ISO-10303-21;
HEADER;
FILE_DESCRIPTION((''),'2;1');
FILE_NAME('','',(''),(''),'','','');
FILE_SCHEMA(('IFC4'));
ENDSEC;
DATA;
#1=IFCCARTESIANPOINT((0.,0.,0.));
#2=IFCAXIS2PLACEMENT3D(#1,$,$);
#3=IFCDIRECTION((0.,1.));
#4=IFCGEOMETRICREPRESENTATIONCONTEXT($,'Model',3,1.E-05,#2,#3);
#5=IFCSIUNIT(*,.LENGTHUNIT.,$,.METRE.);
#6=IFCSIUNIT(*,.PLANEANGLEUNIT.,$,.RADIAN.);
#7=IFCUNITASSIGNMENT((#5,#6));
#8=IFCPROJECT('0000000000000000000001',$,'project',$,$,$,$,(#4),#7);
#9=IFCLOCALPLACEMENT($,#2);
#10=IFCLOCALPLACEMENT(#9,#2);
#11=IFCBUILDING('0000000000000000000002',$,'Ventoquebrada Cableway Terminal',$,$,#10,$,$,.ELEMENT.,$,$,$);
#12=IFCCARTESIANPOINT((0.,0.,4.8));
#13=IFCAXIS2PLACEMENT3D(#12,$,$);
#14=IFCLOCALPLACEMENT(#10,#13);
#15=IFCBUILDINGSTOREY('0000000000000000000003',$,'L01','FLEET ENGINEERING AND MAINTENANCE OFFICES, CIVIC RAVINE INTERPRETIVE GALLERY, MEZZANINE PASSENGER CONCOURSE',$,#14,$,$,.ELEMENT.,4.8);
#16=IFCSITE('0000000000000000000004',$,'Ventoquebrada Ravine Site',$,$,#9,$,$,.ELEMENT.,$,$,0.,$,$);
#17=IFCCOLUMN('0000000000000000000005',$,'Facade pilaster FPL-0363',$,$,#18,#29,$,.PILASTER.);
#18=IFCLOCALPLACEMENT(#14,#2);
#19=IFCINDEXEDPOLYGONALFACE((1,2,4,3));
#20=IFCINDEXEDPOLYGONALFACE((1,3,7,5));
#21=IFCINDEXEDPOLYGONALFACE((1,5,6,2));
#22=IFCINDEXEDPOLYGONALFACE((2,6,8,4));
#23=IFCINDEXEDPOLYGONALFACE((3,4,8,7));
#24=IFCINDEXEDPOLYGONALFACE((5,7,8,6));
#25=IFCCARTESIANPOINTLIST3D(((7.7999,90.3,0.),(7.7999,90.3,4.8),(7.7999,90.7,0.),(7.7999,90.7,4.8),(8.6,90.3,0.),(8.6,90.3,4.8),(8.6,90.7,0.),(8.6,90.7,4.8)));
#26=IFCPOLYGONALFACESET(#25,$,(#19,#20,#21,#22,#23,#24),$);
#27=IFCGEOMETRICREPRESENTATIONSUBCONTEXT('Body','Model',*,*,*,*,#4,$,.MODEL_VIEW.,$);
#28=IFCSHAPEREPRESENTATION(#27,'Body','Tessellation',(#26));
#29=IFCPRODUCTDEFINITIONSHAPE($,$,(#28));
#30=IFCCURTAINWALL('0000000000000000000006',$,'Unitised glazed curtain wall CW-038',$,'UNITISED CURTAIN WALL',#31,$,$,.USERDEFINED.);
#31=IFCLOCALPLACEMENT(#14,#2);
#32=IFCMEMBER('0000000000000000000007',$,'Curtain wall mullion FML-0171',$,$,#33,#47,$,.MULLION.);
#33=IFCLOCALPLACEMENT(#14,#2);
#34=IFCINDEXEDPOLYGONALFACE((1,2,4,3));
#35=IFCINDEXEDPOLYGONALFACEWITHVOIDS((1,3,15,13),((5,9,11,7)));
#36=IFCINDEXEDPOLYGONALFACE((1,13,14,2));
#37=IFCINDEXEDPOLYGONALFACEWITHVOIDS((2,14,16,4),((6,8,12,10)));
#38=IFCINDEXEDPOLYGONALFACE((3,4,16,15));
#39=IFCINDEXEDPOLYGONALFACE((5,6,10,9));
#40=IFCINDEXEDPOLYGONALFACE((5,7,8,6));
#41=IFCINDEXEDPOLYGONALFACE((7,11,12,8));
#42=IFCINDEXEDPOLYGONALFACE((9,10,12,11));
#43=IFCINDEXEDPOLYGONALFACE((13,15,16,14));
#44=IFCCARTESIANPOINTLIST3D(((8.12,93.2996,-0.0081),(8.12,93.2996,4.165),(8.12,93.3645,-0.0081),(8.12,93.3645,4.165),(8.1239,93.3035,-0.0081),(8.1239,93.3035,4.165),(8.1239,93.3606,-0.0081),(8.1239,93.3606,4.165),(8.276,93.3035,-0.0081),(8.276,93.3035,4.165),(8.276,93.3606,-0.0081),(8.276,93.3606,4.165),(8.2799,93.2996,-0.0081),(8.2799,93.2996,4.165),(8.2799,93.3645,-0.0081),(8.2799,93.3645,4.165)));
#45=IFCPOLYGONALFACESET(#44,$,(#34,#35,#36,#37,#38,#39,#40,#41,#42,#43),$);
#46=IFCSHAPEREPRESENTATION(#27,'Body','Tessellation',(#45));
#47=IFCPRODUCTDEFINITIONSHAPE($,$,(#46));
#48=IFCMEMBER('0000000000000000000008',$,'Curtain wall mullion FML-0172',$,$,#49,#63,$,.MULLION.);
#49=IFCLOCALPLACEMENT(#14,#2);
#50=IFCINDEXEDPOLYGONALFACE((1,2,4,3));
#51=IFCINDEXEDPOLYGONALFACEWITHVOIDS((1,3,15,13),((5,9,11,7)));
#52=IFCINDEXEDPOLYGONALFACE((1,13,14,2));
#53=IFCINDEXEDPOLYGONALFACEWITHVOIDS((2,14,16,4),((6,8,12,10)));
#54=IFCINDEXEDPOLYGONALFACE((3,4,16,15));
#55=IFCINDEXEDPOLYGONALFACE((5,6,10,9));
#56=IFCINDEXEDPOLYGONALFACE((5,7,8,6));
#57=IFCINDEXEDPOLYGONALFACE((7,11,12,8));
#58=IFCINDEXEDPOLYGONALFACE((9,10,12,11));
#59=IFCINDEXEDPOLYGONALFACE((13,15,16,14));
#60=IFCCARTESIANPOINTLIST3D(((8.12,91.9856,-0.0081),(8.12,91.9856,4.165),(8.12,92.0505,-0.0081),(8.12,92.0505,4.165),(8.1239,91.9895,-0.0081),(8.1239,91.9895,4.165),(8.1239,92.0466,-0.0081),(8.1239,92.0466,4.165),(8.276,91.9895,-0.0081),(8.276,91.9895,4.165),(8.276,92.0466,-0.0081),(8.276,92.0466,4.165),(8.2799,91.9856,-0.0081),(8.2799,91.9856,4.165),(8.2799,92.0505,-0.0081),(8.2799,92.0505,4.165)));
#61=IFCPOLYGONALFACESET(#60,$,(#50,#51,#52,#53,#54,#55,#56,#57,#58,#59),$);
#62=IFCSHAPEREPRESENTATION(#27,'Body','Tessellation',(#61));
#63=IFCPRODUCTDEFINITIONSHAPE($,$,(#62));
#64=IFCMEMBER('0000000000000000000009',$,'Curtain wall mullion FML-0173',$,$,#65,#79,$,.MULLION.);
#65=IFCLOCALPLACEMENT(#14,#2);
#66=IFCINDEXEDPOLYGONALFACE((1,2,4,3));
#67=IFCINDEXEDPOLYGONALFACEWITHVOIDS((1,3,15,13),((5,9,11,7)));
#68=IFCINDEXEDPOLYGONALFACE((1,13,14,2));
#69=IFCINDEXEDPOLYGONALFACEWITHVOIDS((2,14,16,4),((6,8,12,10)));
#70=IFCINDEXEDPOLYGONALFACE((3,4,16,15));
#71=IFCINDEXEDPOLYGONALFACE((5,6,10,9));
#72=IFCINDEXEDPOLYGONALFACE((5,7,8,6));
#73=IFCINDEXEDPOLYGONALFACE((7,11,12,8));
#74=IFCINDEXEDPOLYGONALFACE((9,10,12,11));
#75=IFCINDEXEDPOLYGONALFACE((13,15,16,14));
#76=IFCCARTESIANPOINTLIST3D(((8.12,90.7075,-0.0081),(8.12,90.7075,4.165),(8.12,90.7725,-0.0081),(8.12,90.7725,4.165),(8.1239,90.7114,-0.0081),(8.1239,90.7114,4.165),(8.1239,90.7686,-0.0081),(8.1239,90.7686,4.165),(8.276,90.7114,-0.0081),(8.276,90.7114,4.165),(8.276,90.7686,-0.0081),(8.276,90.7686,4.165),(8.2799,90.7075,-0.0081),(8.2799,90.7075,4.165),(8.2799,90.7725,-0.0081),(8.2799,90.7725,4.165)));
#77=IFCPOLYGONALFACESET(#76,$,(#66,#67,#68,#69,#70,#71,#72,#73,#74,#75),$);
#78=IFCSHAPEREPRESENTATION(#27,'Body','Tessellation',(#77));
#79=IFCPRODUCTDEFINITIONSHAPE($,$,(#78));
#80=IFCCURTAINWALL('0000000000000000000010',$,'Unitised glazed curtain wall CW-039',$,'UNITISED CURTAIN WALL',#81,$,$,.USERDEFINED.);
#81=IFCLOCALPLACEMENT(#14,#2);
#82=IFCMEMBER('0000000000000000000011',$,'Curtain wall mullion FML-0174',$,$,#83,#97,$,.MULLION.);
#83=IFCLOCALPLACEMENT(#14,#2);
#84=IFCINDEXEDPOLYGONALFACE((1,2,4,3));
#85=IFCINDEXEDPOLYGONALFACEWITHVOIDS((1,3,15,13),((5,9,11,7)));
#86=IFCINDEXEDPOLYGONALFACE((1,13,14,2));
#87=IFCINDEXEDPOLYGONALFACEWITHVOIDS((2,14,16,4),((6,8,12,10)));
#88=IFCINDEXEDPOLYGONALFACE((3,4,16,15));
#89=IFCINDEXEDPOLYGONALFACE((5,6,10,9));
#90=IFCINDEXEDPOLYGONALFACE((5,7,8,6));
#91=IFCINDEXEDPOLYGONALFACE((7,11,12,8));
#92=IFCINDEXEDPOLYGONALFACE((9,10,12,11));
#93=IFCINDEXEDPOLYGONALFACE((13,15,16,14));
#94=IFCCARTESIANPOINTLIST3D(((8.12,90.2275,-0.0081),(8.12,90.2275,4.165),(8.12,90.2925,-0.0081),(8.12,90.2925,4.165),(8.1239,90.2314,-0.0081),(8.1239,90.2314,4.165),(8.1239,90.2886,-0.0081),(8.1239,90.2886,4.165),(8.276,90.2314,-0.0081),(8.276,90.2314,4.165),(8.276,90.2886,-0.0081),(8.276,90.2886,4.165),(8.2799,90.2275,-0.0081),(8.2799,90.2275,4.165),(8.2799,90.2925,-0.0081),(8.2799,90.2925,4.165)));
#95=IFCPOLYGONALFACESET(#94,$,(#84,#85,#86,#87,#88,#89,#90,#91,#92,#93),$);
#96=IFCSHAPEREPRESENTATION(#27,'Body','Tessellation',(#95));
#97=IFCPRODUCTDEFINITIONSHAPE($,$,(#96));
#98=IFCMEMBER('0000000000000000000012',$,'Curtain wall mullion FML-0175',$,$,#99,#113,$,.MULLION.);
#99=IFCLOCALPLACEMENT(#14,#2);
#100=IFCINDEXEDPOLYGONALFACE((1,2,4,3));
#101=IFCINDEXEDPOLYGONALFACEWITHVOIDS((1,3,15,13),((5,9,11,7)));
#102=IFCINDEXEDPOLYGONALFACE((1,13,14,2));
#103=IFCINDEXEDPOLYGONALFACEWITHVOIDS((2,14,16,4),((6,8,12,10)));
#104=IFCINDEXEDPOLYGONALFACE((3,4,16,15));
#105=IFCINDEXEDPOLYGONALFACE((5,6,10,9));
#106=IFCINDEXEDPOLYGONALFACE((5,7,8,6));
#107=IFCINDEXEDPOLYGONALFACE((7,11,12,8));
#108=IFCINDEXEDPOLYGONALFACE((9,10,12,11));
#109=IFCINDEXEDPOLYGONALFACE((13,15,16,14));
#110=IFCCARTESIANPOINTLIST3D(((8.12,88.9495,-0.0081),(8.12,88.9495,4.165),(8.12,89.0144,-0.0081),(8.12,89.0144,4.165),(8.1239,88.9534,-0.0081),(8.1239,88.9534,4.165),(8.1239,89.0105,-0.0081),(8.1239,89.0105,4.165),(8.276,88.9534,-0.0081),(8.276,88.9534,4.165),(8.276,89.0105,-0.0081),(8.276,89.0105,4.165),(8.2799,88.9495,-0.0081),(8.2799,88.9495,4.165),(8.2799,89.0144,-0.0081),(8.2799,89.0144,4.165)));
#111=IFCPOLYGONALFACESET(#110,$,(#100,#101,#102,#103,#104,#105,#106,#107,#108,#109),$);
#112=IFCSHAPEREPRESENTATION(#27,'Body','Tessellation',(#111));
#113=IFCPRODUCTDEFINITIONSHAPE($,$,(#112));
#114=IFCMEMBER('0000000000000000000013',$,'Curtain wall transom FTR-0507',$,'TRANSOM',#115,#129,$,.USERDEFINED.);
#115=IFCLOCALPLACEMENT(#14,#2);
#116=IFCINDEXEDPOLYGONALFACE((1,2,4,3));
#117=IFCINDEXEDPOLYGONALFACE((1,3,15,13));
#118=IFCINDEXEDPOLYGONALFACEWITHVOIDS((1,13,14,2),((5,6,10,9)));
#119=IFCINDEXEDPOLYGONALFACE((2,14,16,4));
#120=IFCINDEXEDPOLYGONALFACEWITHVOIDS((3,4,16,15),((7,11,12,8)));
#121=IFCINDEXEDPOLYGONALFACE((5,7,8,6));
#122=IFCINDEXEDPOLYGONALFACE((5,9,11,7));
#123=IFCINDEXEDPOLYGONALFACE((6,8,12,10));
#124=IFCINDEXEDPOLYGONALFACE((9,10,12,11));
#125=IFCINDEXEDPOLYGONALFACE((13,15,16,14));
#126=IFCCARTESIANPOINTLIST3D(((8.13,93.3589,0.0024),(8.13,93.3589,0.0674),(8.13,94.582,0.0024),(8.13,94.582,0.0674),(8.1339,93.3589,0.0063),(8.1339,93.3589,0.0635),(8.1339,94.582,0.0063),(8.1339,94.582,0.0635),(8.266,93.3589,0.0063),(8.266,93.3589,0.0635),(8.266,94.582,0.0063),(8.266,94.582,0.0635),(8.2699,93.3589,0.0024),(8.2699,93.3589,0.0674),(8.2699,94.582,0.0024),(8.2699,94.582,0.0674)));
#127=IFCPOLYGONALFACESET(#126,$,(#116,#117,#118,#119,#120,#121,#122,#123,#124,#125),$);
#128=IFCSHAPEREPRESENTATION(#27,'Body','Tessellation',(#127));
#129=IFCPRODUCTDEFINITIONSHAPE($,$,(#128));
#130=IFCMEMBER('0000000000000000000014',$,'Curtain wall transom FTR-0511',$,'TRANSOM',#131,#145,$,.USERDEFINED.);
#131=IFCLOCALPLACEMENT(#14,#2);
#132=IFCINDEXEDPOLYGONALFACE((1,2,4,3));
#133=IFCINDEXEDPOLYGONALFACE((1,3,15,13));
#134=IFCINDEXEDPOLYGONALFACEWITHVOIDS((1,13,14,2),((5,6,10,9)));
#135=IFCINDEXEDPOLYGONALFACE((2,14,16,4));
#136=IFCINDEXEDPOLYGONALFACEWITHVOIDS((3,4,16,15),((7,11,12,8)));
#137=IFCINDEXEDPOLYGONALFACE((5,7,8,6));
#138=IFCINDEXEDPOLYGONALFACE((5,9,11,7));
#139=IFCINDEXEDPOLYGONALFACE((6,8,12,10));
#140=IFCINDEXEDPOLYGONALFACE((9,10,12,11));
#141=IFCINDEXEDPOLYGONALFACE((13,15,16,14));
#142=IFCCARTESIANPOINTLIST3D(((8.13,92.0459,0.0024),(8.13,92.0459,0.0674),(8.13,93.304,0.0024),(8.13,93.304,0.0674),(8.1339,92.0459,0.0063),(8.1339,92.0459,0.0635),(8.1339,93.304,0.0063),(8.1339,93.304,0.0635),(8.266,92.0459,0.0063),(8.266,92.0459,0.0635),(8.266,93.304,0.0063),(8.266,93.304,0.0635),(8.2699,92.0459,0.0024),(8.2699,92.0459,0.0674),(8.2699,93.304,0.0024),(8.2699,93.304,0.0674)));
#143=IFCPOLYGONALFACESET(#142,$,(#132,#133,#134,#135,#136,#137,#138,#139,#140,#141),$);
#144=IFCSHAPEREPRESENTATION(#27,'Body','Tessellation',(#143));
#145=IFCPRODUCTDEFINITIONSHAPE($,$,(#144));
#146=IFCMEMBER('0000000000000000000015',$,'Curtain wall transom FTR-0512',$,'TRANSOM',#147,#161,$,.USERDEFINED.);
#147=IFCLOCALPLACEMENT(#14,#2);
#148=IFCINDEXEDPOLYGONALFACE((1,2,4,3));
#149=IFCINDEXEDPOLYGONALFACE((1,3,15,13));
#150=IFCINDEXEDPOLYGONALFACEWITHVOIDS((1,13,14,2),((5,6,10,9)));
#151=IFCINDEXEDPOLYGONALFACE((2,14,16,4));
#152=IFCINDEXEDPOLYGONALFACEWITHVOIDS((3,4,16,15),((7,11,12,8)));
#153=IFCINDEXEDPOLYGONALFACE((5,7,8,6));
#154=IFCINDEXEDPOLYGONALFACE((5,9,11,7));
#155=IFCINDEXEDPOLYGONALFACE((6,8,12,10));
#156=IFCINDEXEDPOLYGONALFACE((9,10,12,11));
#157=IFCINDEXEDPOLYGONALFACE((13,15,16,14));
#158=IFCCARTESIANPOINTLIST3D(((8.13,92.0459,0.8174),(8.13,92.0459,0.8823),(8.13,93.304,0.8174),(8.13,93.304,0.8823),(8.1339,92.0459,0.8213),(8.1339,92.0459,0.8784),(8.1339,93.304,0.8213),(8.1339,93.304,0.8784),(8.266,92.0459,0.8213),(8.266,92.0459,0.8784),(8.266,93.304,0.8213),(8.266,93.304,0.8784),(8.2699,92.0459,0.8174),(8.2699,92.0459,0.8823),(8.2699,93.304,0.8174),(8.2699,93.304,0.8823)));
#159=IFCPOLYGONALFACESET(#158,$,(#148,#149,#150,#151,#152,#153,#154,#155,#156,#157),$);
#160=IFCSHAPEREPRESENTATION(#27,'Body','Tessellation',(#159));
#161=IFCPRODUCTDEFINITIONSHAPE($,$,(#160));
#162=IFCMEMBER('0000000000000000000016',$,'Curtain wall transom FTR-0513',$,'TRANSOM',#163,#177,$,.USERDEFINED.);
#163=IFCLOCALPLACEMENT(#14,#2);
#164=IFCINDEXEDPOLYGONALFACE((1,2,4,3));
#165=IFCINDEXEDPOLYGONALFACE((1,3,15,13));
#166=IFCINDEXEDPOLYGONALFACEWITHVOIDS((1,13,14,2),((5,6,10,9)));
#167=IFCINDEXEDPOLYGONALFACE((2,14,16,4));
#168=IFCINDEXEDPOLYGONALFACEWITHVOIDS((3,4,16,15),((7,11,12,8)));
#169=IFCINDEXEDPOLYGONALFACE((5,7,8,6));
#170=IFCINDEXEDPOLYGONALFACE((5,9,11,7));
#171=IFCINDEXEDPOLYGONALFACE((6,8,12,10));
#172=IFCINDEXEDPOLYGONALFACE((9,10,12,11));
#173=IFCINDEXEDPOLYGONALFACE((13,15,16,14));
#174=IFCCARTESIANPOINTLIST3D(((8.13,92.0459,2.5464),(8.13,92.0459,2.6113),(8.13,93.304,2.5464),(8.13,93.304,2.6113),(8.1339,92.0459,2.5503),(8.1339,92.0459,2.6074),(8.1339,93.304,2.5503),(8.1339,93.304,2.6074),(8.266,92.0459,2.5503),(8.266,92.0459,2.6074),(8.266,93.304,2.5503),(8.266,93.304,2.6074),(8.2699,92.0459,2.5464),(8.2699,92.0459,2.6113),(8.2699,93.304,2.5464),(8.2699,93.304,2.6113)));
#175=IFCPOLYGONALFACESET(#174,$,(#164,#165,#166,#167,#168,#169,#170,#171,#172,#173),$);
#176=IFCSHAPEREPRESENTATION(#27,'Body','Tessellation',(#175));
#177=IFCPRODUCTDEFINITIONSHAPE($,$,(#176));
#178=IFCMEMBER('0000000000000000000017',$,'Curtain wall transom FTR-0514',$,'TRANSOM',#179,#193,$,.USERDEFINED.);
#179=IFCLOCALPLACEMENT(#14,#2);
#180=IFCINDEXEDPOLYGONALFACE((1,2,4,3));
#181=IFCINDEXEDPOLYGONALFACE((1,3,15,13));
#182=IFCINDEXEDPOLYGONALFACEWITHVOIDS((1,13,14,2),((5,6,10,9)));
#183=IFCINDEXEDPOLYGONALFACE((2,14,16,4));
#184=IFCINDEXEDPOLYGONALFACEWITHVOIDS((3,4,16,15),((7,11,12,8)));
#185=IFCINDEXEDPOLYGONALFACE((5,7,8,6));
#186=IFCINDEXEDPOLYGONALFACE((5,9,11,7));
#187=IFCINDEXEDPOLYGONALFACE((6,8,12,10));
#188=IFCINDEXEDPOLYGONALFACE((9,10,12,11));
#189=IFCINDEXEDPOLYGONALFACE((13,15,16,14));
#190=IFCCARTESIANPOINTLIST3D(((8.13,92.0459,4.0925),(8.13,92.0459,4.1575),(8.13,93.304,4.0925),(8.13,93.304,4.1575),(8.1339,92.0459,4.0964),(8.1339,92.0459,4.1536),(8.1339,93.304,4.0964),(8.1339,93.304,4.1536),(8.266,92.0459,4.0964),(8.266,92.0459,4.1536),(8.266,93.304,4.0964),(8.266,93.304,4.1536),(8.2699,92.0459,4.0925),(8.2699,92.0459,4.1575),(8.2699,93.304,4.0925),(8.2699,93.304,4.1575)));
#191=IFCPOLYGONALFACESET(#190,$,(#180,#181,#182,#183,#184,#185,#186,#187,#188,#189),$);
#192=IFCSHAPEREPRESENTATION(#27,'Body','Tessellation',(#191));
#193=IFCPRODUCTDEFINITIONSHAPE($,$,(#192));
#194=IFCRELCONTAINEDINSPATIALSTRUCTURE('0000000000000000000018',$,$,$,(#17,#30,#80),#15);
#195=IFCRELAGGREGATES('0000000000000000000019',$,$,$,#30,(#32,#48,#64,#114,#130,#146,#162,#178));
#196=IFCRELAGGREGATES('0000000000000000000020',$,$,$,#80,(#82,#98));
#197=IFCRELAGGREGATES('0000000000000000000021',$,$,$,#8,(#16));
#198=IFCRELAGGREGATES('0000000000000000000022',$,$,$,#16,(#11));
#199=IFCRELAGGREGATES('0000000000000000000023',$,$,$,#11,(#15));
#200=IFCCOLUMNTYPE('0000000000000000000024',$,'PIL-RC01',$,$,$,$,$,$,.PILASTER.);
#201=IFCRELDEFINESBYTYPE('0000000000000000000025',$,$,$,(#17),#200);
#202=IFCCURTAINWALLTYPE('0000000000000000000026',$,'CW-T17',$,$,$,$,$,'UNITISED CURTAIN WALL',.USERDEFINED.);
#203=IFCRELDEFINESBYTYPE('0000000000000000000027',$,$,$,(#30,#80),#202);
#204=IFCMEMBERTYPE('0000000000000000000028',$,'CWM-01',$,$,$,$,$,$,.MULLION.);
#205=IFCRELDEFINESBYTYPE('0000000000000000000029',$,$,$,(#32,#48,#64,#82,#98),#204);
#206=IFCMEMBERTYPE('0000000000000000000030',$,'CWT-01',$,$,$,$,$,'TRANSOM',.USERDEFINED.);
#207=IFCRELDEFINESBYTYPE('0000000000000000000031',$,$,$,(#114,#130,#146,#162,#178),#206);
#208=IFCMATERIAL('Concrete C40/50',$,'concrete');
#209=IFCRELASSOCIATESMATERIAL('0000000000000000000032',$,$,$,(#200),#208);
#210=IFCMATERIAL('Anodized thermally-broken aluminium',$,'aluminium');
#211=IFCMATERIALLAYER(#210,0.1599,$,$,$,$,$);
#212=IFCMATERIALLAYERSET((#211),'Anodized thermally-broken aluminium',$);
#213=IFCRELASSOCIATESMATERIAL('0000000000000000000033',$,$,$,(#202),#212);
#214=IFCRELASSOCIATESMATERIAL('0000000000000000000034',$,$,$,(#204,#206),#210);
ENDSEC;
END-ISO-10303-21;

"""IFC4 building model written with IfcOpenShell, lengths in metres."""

from ifc_helpers import new_model, si_unit, direction, frame, origin, origin_2d, place, context, subcontext, project, spatial, rectangle, hollow_rectangle, extrude, material, layer, layer_set, material_profile, profile_set, type_object, element, aggregate, save


model = new_model("IFC4")

# Units and contexts
model_context = context("Model", 3, precision=1e-05, world=origin(), true_north=direction((0.0, 1.0)))
body_context = subcontext(model_context, "Body", "Model", "MODEL_VIEW")
ifc_project = project(units=[si_unit("LENGTHUNIT", "METRE"), si_unit("PLANEANGLEUNIT", "RADIAN")], contexts=[model_context])

# Site, building, storey
site_placement = place(None, origin())
site = spatial("IfcSite", under=ifc_project, at=site_placement, Name="Ventoquebrada Ravine Site", CompositionType="ELEMENT", RefElevation=0.0)
building_placement = place(site_placement, origin())
building = spatial("IfcBuilding", under=site, at=building_placement, Name="Ventoquebrada Cableway Terminal", CompositionType="ELEMENT")
storey_placement = place(building_placement, frame((0.0, 0.0, 4.8)))
storey = spatial("IfcBuildingStorey", under=building, at=storey_placement, Name="L01", Description="FLEET ENGINEERING AND MAINTENANCE OFFICES, CIVIC RAVINE INTERPRETIVE GALLERY, MEZZANINE PASSENGER CONCOURSE", CompositionType="ELEMENT", Elevation=4.8)

# Column
ifc_material_1 = material(Name="Concrete C40/50", Category="concrete")
ifc_material_profile_1 = material_profile(ifc_material_1, rectangle(XDim=0.3999, YDim=0.8, at=origin_2d()), Name="RC-PIL-400X800")
ifc_profile_set_1 = profile_set([ifc_material_profile_1], Name="Concrete C40/50")
column_type = type_object("IfcColumnType", Name="PIL-RC01", PredefinedType="PILASTER", material=ifc_profile_set_1)
column_placement = place(storey_placement, frame((8.2, 90.5, 0.0), z_axis=(0.0, 0.0, 1.0), x_axis=(0.0, 1.0, 0.0)))
element("IfcColumn", 1, at=column_placement, inside=storey, type_object=column_type, Name="Facade pilaster FPL-0363", PredefinedType="PILASTER", context=body_context, shape_type="SweptSolid", body=[
    extrude(rectangle(XDim=0.3999, YDim=0.8, at=origin_2d()), origin(), (0.0, 0.0, 1.0), 4.8),
])

# Curtain walls, members
ifc_material_2 = material(Name="Anodized thermally-broken aluminium", Category="aluminium")
ifc_layer_1 = layer(ifc_material_2, 0.1599)
ifc_layer_set_1 = layer_set([ifc_layer_1], Name="Anodized thermally-broken aluminium")
curtain_wall_type = type_object("IfcCurtainWallType", Name="CW-T17", ElementType="UNITISED CURTAIN WALL", PredefinedType="USERDEFINED", material=ifc_layer_set_1)
curtain_wall_1_placement = place(storey_placement, origin())
curtain_wall_1 = element("IfcCurtainWall", 2, at=curtain_wall_1_placement, inside=storey, type_object=curtain_wall_type, Name="Unitised glazed curtain wall CW-038", ObjectType="UNITISED CURTAIN WALL", PredefinedType="USERDEFINED")
ifc_material_profile_2 = material_profile(ifc_material_2, hollow_rectangle(XDim=0.0649, YDim=0.1599, WallThickness=0.0039, at=origin_2d()), Name="CW-MUL-65X160")
ifc_profile_set_2 = profile_set([ifc_material_profile_2], Name="Anodized thermally-broken aluminium")
member_type_1 = type_object("IfcMemberType", Name="CWM-01", PredefinedType="MULLION", material=ifc_profile_set_2)
member_1_placement = place(storey_placement, frame((8.2, 93.332, -0.0081), z_axis=(0.0, 0.0, 1.0), x_axis=(0.0, -1.0, 0.0)))
member_1 = element("IfcMember", 3, at=member_1_placement, type_object=member_type_1, Name="Curtain wall mullion FML-0171", PredefinedType="MULLION", context=body_context, shape_type="SweptSolid", body=[
    extrude(hollow_rectangle(XDim=0.0649, YDim=0.1599, WallThickness=0.0039, at=origin_2d()), origin(), (0.0, 0.0, 1.0), 4.1731),
])
member_2_placement = place(storey_placement, frame((8.2, 92.0181, -0.0081), z_axis=(0.0, 0.0, 1.0), x_axis=(0.0, -1.0, 0.0)))
member_2 = element("IfcMember", 4, at=member_2_placement, type_object=member_type_1, Name="Curtain wall mullion FML-0172", PredefinedType="MULLION", context=body_context, shape_type="SweptSolid", body=[
    extrude(hollow_rectangle(XDim=0.0649, YDim=0.1599, WallThickness=0.0039, at=origin_2d()), origin(), (0.0, 0.0, 1.0), 4.1731),
])
member_3_placement = place(storey_placement, frame((8.2, 90.74, -0.0081), z_axis=(0.0, 0.0, 1.0), x_axis=(0.0, -1.0, 0.0)))
member_3 = element("IfcMember", 5, at=member_3_placement, type_object=member_type_1, Name="Curtain wall mullion FML-0173", PredefinedType="MULLION", context=body_context, shape_type="SweptSolid", body=[
    extrude(hollow_rectangle(XDim=0.0649, YDim=0.1599, WallThickness=0.0039, at=origin_2d()), origin(), (0.0, 0.0, 1.0), 4.1731),
])
curtain_wall_2_placement = place(storey_placement, origin())
curtain_wall_2 = element("IfcCurtainWall", 6, at=curtain_wall_2_placement, inside=storey, type_object=curtain_wall_type, Name="Unitised glazed curtain wall CW-039", ObjectType="UNITISED CURTAIN WALL", PredefinedType="USERDEFINED")
member_4_placement = place(storey_placement, frame((8.2, 90.26, -0.0081), z_axis=(0.0, 0.0, 1.0), x_axis=(0.0, -1.0, 0.0)))
member_4 = element("IfcMember", 7, at=member_4_placement, type_object=member_type_1, Name="Curtain wall mullion FML-0174", PredefinedType="MULLION", context=body_context, shape_type="SweptSolid", body=[
    extrude(hollow_rectangle(XDim=0.0649, YDim=0.1599, WallThickness=0.0039, at=origin_2d()), origin(), (0.0, 0.0, 1.0), 4.1731),
])
member_5_placement = place(storey_placement, frame((8.2, 88.9819, -0.0081), z_axis=(0.0, 0.0, 1.0), x_axis=(0.0, -1.0, 0.0)))
member_5 = element("IfcMember", 8, at=member_5_placement, type_object=member_type_1, Name="Curtain wall mullion FML-0175", PredefinedType="MULLION", context=body_context, shape_type="SweptSolid", body=[
    extrude(hollow_rectangle(XDim=0.0649, YDim=0.1599, WallThickness=0.0039, at=origin_2d()), origin(), (0.0, 0.0, 1.0), 4.1731),
])

# Members
ifc_material_profile_3 = material_profile(ifc_material_2, hollow_rectangle(XDim=0.0649, YDim=0.1399, WallThickness=0.0039, at=origin_2d()), Name="CW-TRN-65X140")
ifc_profile_set_3 = profile_set([ifc_material_profile_3], Name="Anodized thermally-broken aluminium")
member_type_2 = type_object("IfcMemberType", Name="CWT-01", ElementType="TRANSOM", PredefinedType="USERDEFINED", material=ifc_profile_set_3)
member_6_placement = place(storey_placement, frame((8.2, 94.582, 0.0349), z_axis=(0.0, -1.0, 0.0), x_axis=(0.0, 0.0, 1.0)))
member_6 = element("IfcMember", 9, at=member_6_placement, type_object=member_type_2, Name="Curtain wall transom FTR-0507", ObjectType="TRANSOM", PredefinedType="USERDEFINED", context=body_context, shape_type="SweptSolid", body=[
    extrude(hollow_rectangle(XDim=0.0649, YDim=0.1399, WallThickness=0.0039, at=origin_2d()), origin(), (0.0, 0.0, 1.0), 1.2231),
])
member_7_placement = place(storey_placement, frame((8.2, 93.304, 0.0349), z_axis=(0.0, -1.0, 0.0), x_axis=(0.0, 0.0, 1.0)))
member_7 = element("IfcMember", 10, at=member_7_placement, type_object=member_type_2, Name="Curtain wall transom FTR-0511", ObjectType="TRANSOM", PredefinedType="USERDEFINED", context=body_context, shape_type="SweptSolid", body=[
    extrude(hollow_rectangle(XDim=0.0649, YDim=0.1399, WallThickness=0.0039, at=origin_2d()), origin(), (0.0, 0.0, 1.0), 1.2581),
])
member_8_placement = place(storey_placement, frame((8.2, 93.304, 0.8499), z_axis=(0.0, -1.0, 0.0), x_axis=(0.0, 0.0, 1.0)))
member_8 = element("IfcMember", 11, at=member_8_placement, type_object=member_type_2, Name="Curtain wall transom FTR-0512", ObjectType="TRANSOM", PredefinedType="USERDEFINED", context=body_context, shape_type="SweptSolid", body=[
    extrude(hollow_rectangle(XDim=0.0649, YDim=0.1399, WallThickness=0.0039, at=origin_2d()), origin(), (0.0, 0.0, 1.0), 1.2581),
])
member_9_placement = place(storey_placement, frame((8.2, 93.304, 2.5789), z_axis=(0.0, -1.0, 0.0), x_axis=(0.0, 0.0, 1.0)))
member_9 = element("IfcMember", 12, at=member_9_placement, type_object=member_type_2, Name="Curtain wall transom FTR-0513", ObjectType="TRANSOM", PredefinedType="USERDEFINED", context=body_context, shape_type="SweptSolid", body=[
    extrude(hollow_rectangle(XDim=0.0649, YDim=0.1399, WallThickness=0.0039, at=origin_2d()), origin(), (0.0, 0.0, 1.0), 1.2581),
])
member_10_placement = place(storey_placement, frame((8.2, 93.304, 4.125), z_axis=(0.0, -1.0, 0.0), x_axis=(0.0, 0.0, 1.0)))
member_10 = element("IfcMember", 13, at=member_10_placement, type_object=member_type_2, Name="Curtain wall transom FTR-0514", ObjectType="TRANSOM", PredefinedType="USERDEFINED", context=body_context, shape_type="SweptSolid", body=[
    extrude(hollow_rectangle(XDim=0.0649, YDim=0.1399, WallThickness=0.0039, at=origin_2d()), origin(), (0.0, 0.0, 1.0), 1.2581),
])

aggregate(curtain_wall_1, [member_1, member_2, member_3, member_6, member_7, member_8, member_9, member_10])
aggregate(curtain_wall_2, [member_4, member_5])

save(model, "model.ifc")
